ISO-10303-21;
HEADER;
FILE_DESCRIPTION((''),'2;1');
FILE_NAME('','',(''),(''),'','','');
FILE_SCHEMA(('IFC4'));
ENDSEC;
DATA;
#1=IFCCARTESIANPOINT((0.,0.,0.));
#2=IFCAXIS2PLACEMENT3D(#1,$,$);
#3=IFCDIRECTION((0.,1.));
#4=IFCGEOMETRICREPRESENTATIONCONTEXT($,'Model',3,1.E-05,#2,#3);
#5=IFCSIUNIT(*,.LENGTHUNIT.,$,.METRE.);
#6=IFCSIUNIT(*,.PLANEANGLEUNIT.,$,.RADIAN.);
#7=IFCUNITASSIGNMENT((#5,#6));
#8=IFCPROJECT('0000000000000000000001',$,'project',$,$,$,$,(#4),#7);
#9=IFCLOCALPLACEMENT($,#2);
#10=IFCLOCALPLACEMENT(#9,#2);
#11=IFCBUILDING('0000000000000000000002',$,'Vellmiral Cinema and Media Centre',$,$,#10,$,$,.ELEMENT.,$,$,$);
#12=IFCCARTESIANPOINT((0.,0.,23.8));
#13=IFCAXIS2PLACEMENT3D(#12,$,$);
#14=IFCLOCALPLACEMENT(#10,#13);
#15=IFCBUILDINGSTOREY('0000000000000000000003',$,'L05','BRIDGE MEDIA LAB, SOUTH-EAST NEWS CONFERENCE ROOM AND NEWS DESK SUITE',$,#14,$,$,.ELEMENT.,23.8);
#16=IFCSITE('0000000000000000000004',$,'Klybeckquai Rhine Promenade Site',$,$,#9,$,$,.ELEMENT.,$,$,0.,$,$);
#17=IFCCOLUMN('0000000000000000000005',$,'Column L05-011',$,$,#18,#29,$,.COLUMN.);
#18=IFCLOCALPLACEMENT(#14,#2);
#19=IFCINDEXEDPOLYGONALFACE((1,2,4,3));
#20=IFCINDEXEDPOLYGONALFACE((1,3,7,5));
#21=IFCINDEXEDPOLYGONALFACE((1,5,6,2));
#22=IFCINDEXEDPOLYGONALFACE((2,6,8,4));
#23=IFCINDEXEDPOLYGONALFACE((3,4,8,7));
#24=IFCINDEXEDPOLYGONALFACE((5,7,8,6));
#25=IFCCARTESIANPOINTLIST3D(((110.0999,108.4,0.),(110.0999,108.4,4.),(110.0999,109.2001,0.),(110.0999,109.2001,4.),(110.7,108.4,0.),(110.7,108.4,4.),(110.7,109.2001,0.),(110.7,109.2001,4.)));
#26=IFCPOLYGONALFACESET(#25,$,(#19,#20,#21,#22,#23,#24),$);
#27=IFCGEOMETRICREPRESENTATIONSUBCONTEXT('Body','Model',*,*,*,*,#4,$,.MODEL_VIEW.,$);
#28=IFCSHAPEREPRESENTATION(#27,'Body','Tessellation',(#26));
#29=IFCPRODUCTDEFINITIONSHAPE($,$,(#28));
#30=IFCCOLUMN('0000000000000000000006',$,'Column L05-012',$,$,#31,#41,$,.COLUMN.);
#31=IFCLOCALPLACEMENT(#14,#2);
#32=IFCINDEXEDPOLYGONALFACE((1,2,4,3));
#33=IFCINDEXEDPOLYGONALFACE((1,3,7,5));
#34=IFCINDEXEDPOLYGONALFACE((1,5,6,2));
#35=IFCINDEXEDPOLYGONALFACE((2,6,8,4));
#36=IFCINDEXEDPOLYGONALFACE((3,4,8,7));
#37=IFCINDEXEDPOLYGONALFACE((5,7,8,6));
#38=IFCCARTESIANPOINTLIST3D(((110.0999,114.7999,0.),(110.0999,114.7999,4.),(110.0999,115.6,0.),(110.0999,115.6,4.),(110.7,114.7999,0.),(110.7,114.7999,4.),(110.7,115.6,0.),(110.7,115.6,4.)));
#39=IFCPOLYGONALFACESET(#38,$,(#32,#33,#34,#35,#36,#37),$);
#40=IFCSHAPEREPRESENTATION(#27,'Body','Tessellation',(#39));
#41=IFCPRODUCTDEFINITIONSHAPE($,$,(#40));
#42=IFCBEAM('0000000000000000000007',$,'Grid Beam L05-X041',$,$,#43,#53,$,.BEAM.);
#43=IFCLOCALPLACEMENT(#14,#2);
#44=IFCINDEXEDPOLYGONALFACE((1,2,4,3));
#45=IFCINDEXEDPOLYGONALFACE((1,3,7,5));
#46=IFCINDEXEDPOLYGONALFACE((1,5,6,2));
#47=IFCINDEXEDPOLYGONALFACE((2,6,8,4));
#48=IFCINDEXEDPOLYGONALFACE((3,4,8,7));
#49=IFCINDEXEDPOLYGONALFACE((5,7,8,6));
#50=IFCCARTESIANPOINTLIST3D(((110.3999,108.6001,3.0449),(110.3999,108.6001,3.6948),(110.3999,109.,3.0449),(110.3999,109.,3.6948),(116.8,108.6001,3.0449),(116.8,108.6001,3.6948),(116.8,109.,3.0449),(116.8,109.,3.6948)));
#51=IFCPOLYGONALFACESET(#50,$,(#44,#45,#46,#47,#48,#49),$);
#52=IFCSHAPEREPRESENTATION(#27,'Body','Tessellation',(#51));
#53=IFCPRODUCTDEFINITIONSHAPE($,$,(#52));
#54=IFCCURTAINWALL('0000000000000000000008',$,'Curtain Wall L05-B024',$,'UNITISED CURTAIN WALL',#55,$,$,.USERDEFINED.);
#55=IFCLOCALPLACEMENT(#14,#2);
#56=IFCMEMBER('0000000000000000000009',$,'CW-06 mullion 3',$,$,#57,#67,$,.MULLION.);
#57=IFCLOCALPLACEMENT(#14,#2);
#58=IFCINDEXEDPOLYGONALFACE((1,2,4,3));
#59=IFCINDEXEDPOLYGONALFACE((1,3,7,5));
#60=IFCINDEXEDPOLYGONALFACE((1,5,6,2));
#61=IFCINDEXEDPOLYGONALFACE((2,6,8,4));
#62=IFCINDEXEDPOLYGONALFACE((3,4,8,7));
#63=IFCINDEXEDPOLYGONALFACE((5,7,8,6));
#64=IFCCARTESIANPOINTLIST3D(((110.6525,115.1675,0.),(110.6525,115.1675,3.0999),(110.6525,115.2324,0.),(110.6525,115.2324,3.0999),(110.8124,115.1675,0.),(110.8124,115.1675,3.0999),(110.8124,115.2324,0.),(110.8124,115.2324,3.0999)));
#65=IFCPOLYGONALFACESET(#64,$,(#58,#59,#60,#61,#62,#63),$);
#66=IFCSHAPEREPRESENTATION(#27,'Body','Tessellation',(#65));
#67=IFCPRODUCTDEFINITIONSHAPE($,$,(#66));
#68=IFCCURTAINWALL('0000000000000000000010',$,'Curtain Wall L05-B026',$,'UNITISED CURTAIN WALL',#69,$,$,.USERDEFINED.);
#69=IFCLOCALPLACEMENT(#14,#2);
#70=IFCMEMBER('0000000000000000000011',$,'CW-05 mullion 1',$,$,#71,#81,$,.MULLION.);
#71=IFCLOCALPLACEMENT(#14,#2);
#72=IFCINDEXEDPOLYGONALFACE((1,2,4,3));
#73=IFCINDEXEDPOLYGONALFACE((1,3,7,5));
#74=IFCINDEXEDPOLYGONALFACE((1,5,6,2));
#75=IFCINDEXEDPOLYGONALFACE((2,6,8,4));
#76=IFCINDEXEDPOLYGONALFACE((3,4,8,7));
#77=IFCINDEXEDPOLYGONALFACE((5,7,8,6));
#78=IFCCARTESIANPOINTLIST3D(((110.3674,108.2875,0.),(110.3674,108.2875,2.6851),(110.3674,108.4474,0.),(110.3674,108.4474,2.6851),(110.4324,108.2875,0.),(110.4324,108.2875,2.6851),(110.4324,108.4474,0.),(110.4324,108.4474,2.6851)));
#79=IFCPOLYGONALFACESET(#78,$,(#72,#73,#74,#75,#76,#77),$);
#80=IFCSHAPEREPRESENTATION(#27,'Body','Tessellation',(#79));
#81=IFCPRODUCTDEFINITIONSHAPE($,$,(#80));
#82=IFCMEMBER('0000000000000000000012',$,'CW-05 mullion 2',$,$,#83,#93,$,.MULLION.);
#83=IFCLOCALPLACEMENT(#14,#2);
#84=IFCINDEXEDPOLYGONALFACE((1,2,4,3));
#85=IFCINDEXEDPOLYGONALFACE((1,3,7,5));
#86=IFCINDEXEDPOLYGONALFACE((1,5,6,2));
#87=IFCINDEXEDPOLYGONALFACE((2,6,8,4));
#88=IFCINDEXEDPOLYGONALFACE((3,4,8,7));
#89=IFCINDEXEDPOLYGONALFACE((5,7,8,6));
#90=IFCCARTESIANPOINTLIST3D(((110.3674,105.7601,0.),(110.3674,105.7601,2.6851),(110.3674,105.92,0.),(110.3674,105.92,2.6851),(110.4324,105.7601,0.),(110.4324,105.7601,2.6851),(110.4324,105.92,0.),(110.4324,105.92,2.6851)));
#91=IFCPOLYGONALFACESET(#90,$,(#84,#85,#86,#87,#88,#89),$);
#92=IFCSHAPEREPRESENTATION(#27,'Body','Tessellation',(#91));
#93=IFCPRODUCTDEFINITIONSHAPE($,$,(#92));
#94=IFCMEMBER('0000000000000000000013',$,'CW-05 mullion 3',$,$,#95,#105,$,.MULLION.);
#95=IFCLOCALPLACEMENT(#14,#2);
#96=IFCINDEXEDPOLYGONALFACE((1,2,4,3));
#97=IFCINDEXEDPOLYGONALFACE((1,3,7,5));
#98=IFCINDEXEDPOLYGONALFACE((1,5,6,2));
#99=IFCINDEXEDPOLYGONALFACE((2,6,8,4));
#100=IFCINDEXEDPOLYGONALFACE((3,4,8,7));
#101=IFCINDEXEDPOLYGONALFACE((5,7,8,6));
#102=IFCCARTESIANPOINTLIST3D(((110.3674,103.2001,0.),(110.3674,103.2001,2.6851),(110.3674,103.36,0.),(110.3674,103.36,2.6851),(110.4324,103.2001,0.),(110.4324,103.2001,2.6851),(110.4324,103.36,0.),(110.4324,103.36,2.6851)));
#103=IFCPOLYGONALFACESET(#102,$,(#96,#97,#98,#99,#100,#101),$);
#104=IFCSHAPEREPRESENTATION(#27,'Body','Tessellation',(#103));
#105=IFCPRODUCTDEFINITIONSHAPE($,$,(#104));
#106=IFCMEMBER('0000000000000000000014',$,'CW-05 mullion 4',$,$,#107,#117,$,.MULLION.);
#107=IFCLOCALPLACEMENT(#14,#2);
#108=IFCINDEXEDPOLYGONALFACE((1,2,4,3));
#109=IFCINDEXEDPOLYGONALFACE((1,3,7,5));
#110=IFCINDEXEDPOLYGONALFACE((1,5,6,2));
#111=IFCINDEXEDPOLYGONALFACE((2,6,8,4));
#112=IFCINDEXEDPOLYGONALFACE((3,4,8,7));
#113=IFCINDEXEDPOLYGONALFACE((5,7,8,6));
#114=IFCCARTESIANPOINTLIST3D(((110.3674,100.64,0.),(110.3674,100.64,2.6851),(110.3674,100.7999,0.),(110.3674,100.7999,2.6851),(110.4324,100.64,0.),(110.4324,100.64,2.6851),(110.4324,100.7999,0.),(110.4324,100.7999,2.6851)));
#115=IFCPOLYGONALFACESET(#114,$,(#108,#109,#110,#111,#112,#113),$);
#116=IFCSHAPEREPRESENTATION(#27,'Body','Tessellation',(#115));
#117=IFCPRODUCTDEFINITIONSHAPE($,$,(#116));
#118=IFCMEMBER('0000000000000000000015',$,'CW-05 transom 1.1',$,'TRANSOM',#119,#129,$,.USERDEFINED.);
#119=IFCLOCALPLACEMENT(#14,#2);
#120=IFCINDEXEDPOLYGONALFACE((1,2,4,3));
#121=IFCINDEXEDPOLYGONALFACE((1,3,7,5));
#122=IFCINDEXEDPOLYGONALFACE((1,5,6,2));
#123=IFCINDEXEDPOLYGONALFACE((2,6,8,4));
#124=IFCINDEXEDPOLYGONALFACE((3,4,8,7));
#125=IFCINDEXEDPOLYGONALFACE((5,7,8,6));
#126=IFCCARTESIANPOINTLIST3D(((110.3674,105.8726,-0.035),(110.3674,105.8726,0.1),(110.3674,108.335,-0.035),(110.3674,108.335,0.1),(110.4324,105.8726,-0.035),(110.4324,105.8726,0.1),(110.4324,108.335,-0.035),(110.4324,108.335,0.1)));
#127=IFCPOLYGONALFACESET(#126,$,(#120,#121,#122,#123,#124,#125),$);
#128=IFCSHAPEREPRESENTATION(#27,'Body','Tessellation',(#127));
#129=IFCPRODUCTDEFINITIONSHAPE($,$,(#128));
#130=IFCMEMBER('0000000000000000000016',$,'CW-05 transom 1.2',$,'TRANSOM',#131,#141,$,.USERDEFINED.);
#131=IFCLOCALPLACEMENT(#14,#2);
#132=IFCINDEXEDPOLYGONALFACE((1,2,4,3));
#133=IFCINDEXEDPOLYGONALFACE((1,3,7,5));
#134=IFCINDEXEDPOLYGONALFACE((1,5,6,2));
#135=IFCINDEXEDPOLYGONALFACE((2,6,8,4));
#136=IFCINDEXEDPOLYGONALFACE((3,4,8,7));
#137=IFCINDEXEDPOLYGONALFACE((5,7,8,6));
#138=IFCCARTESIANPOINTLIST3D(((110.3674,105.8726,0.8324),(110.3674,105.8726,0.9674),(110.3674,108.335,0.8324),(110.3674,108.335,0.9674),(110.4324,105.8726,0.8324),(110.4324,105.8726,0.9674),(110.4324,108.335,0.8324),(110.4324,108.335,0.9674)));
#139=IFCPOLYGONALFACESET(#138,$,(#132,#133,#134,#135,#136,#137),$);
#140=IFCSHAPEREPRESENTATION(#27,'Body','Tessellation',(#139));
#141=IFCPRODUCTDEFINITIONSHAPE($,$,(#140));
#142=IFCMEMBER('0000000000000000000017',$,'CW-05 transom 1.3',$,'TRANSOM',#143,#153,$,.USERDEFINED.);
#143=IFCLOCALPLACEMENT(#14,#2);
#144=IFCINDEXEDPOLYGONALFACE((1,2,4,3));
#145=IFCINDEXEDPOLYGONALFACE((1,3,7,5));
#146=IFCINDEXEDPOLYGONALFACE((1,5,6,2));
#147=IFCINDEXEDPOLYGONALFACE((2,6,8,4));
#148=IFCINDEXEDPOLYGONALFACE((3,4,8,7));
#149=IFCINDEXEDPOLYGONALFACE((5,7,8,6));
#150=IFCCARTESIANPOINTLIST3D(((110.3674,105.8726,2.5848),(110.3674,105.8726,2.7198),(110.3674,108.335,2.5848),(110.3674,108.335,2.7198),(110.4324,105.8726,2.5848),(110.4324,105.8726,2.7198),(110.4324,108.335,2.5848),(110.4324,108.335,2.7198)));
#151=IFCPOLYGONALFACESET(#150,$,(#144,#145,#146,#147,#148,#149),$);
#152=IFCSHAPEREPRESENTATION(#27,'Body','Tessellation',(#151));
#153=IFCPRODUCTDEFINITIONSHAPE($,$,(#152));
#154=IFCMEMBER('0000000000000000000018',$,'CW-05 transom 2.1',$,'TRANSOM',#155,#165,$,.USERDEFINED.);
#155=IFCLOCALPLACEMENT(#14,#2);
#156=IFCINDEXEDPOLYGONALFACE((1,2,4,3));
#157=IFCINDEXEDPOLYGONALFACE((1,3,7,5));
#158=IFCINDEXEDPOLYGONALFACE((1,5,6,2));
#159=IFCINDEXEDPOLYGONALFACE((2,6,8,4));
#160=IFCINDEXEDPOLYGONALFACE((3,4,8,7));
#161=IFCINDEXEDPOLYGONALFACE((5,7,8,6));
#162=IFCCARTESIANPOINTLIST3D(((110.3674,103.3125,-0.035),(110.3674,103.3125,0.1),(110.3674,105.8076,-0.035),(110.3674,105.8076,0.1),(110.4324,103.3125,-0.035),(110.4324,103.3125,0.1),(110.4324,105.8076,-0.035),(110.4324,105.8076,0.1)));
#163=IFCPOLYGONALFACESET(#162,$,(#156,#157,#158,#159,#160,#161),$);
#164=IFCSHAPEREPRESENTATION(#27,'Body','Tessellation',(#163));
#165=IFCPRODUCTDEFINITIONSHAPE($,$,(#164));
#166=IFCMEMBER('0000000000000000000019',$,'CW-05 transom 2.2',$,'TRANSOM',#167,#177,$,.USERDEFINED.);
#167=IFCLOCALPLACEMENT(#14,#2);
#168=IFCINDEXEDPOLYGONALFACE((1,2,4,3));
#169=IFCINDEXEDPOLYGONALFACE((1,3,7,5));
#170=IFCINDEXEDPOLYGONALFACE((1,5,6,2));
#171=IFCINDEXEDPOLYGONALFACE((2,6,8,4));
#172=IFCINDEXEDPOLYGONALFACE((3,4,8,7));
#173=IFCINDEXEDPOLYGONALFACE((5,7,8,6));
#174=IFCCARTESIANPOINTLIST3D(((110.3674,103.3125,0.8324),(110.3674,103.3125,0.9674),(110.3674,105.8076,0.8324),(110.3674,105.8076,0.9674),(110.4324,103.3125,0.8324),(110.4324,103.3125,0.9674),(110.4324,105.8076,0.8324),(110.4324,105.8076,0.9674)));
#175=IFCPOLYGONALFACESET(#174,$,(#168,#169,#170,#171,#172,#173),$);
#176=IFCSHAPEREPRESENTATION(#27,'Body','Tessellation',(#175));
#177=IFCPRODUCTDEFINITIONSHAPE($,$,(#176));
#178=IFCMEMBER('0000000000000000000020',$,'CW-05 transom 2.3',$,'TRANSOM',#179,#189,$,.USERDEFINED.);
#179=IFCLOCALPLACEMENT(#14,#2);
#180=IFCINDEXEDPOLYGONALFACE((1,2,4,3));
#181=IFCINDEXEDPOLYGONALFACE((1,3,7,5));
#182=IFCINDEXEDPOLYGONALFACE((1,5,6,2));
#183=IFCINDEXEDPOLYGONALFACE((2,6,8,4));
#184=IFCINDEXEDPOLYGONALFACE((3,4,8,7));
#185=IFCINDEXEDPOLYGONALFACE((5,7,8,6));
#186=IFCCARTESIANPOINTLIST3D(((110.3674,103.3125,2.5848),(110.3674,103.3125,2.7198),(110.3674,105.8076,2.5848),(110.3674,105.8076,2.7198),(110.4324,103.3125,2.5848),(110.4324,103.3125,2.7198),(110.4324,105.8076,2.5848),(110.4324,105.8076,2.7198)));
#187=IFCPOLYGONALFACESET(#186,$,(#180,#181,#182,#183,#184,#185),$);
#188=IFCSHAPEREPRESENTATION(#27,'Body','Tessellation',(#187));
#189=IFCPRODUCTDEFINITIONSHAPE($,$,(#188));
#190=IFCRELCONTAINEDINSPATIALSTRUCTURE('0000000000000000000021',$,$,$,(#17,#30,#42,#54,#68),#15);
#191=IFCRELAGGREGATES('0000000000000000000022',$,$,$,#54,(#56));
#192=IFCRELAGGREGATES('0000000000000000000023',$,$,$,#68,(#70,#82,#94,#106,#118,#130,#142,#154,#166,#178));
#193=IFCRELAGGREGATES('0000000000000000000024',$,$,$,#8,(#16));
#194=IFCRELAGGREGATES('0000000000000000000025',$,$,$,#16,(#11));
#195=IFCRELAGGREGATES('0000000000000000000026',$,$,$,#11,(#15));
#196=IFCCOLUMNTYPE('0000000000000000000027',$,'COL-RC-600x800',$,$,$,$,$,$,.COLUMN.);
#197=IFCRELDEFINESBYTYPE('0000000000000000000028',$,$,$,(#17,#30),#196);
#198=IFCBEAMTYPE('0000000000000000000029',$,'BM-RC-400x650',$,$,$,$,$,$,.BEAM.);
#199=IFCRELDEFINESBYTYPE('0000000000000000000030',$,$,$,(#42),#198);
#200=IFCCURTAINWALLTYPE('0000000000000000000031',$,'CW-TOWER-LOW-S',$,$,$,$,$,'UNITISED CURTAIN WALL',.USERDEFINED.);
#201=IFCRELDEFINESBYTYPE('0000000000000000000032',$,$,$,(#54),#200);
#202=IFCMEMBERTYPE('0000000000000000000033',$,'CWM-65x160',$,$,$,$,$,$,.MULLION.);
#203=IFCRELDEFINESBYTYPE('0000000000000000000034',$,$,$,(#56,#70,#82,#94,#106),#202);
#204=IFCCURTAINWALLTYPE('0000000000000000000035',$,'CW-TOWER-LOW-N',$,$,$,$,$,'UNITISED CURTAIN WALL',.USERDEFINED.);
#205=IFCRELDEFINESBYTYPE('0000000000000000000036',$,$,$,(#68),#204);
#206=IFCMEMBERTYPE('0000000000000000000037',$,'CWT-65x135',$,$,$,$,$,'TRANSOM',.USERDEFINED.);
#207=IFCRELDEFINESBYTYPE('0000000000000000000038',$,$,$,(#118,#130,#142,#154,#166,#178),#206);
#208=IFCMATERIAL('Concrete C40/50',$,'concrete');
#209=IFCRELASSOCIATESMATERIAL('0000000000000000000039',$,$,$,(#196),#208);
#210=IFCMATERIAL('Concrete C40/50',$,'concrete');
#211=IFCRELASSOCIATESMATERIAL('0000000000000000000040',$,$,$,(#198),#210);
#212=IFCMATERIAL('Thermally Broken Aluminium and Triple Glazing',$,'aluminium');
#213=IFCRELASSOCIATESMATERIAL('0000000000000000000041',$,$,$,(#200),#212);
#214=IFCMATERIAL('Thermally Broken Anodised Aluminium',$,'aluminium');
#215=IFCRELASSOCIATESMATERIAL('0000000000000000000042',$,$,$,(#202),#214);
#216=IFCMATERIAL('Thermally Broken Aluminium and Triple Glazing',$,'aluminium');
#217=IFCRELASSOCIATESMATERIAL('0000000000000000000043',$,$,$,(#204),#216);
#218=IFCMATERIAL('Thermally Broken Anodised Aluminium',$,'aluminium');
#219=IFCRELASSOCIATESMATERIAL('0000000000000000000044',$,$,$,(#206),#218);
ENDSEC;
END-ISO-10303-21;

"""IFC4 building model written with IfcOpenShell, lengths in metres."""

from ifc_helpers import new_model, si_unit, direction, frame, origin, origin_2d, place, context, subcontext, project, spatial, rectangle, extrude, material, material_profile, profile_set, type_object, element, aggregate, save


model = new_model("IFC4")

# Units and contexts
model_context = context("Model", 3, precision=1e-05, world=origin(), true_north=direction((0.0, 1.0)))
body_context = subcontext(model_context, "Body", "Model", "MODEL_VIEW")
ifc_project = project(units=[si_unit("LENGTHUNIT", "METRE"), si_unit("PLANEANGLEUNIT", "RADIAN")], contexts=[model_context])

# Site, building, storey
site_placement = place(None, origin())
site = spatial("IfcSite", under=ifc_project, at=site_placement, Name="Klybeckquai Rhine Promenade Site", CompositionType="ELEMENT", RefElevation=0.0)
building_placement = place(site_placement, origin())
building = spatial("IfcBuilding", under=site, at=building_placement, Name="Vellmiral Cinema and Media Centre", CompositionType="ELEMENT")
storey_placement = place(building_placement, frame((0.0, 0.0, 23.8)))
storey = spatial("IfcBuildingStorey", under=building, at=storey_placement, Name="L05", Description="BRIDGE MEDIA LAB, SOUTH-EAST NEWS CONFERENCE ROOM AND NEWS DESK SUITE", CompositionType="ELEMENT", Elevation=23.8)

# Columns
ifc_material_1 = material(Name="Concrete C40/50", Category="concrete")
ifc_material_profile_1 = material_profile(ifc_material_1, rectangle(XDim=0.6001, YDim=0.8, at=origin_2d()), Name="RC 600x800")
ifc_profile_set_1 = profile_set([ifc_material_profile_1], Name="Concrete C40/50")
column_type = type_object("IfcColumnType", Name="COL-RC-600x800", PredefinedType="COLUMN", material=ifc_profile_set_1)
for number, where, z_axis, x_axis, name in (
    (1, (110.3999, 108.8, 0.0), (0.0, 0.0, 1.0), (1.0, 0.0, 0.0), "Column L05-011"),
    (2, (110.3999, 115.2, 0.0), (0.0, 0.0, 1.0), (1.0, 0.0, 0.0), "Column L05-012"),
):
    element("IfcColumn", number, at=place(storey_placement, frame(where, z_axis=z_axis, x_axis=x_axis)), inside=storey, type_object=column_type, Name=name, PredefinedType="COLUMN", context=body_context, shape_type="SweptSolid", body=[
        extrude(rectangle(XDim=0.6001, YDim=0.8, at=origin_2d()), origin(), (0.0, 0.0, 1.0), 4.0),
    ])

# Beam
ifc_material_2 = material(Name="Concrete C40/50", Category="concrete")
ifc_material_profile_2 = material_profile(ifc_material_2, rectangle(XDim=0.3999, YDim=0.6499, at=origin_2d()), Name="RC 400x650")
ifc_profile_set_2 = profile_set([ifc_material_profile_2], Name="Concrete C40/50")
beam_type_1 = type_object("IfcBeamType", Name="BM-RC-400x650", PredefinedType="BEAM", material=ifc_profile_set_2)
beam_1_placement = place(storey_placement, frame((110.3999, 108.8, 3.3699), z_axis=(1.0, 0.0, 0.0), x_axis=(0.0, 1.0, 0.0)))
element("IfcBeam", 3, at=beam_1_placement, inside=storey, type_object=beam_type_1, Name="Grid Beam L05-X041", PredefinedType="BEAM", context=body_context, shape_type="SweptSolid", body=[
    extrude(rectangle(XDim=0.3999, YDim=0.6499, at=origin_2d()), origin(), (0.0, 0.0, 1.0), 6.4001),
])

# Curtain wall, member
ifc_material_3 = material(Name="Thermally Broken Aluminium and Triple Glazing", Category="aluminium")
curtain_wall_type_1 = type_object("IfcCurtainWallType", Name="CW-TOWER-LOW-S", ElementType="UNITISED CURTAIN WALL", PredefinedType="USERDEFINED", material=ifc_material_3)
curtain_wall_1_placement = place(storey_placement, origin())
curtain_wall_1 = element("IfcCurtainWall", 4, at=curtain_wall_1_placement, inside=storey, type_object=curtain_wall_type_1, Name="Curtain Wall L05-B024", ObjectType="UNITISED CURTAIN WALL", PredefinedType="USERDEFINED")
ifc_material_4 = material(Name="Thermally Broken Anodised Aluminium", Category="aluminium")
ifc_material_profile_3 = material_profile(ifc_material_4, rectangle(XDim=0.0649, YDim=0.1599, at=origin_2d()), Name="MULL 65x160")
ifc_profile_set_3 = profile_set([ifc_material_profile_3], Name="Thermally Broken Anodised Aluminium")
member_type_1 = type_object("IfcMemberType", Name="CWM-65x160", PredefinedType="MULLION", material=ifc_profile_set_3)
member_1_placement = place(storey_placement, frame((110.7324, 115.2, 0.0), z_axis=(0.0, 0.0, 1.0), x_axis=(0.0, -1.0, 0.0)))
member_1 = element("IfcMember", 5, at=member_1_placement, type_object=member_type_1, Name="CW-06 mullion 3", PredefinedType="MULLION", context=body_context, shape_type="SweptSolid", body=[
    extrude(rectangle(XDim=0.0649, YDim=0.1599, at=origin_2d()), origin(), (0.0, 0.0, 1.0), 3.0999),
])
aggregate(curtain_wall_1, [member_1])

# Curtain wall, members
ifc_material_5 = material(Name="Thermally Broken Aluminium and Triple Glazing", Category="aluminium")
curtain_wall_type_2 = type_object("IfcCurtainWallType", Name="CW-TOWER-LOW-N", ElementType="UNITISED CURTAIN WALL", PredefinedType="USERDEFINED", material=ifc_material_5)
curtain_wall_2_placement = place(storey_placement, origin())
curtain_wall_2 = element("IfcCurtainWall", 6, at=curtain_wall_2_placement, inside=storey, type_object=curtain_wall_type_2, Name="Curtain Wall L05-B026", ObjectType="UNITISED CURTAIN WALL", PredefinedType="USERDEFINED")
member_2_placement = place(storey_placement, frame((110.3999, 108.3674, 0.0), z_axis=(0.0, 0.0, 1.0), x_axis=(1.0, 0.0, 0.0)))
member_2 = element("IfcMember", 7, at=member_2_placement, type_object=member_type_1, Name="CW-05 mullion 1", PredefinedType="MULLION", context=body_context, shape_type="SweptSolid", body=[
    extrude(rectangle(XDim=0.0649, YDim=0.1599, at=origin_2d()), origin(), (0.0, 0.0, 1.0), 2.6851),
])
member_3_placement = place(storey_placement, frame((110.3999, 105.8401, 0.0), z_axis=(0.0, 0.0, 1.0), x_axis=(1.0, 0.0, 0.0)))
member_3 = element("IfcMember", 8, at=member_3_placement, type_object=member_type_1, Name="CW-05 mullion 2", PredefinedType="MULLION", context=body_context, shape_type="SweptSolid", body=[
    extrude(rectangle(XDim=0.0649, YDim=0.1599, at=origin_2d()), origin(), (0.0, 0.0, 1.0), 2.6851),
])
member_4_placement = place(storey_placement, frame((110.3999, 103.28, 0.0), z_axis=(0.0, 0.0, 1.0), x_axis=(1.0, 0.0, 0.0)))
member_4 = element("IfcMember", 9, at=member_4_placement, type_object=member_type_1, Name="CW-05 mullion 3", PredefinedType="MULLION", context=body_context, shape_type="SweptSolid", body=[
    extrude(rectangle(XDim=0.0649, YDim=0.1599, at=origin_2d()), origin(), (0.0, 0.0, 1.0), 2.6851),
])
member_5_placement = place(storey_placement, frame((110.3999, 100.72, 0.0), z_axis=(0.0, 0.0, 1.0), x_axis=(1.0, 0.0, 0.0)))
member_5 = element("IfcMember", 10, at=member_5_placement, type_object=member_type_1, Name="CW-05 mullion 4", PredefinedType="MULLION", context=body_context, shape_type="SweptSolid", body=[
    extrude(rectangle(XDim=0.0649, YDim=0.1599, at=origin_2d()), origin(), (0.0, 0.0, 1.0), 2.6851),
])
ifc_material_6 = material(Name="Thermally Broken Anodised Aluminium", Category="aluminium")
ifc_material_profile_4 = material_profile(ifc_material_6, rectangle(XDim=0.0649, YDim=0.135, at=origin_2d()), Name="MULL 65x135")
ifc_profile_set_4 = profile_set([ifc_material_profile_4], Name="Thermally Broken Anodised Aluminium")
member_type_2 = type_object("IfcMemberType", Name="CWT-65x135", ElementType="TRANSOM", PredefinedType="USERDEFINED", material=ifc_profile_set_4)
member_6_placement = place(storey_placement, frame((110.3999, 108.335, 0.0325), z_axis=(0.0, -1.0, 0.0), x_axis=(1.0, 0.0, 0.0)))
member_6 = element("IfcMember", 11, at=member_6_placement, type_object=member_type_2, Name="CW-05 transom 1.1", ObjectType="TRANSOM", PredefinedType="USERDEFINED", context=body_context, shape_type="SweptSolid", body=[
    extrude(rectangle(XDim=0.0649, YDim=0.135, at=origin_2d()), origin(), (0.0, 0.0, 1.0), 2.4624),
])
member_7_placement = place(storey_placement, frame((110.3999, 108.335, 0.8999), z_axis=(0.0, -1.0, 0.0), x_axis=(1.0, 0.0, 0.0)))
member_7 = element("IfcMember", 12, at=member_7_placement, type_object=member_type_2, Name="CW-05 transom 1.2", ObjectType="TRANSOM", PredefinedType="USERDEFINED", context=body_context, shape_type="SweptSolid", body=[
    extrude(rectangle(XDim=0.0649, YDim=0.135, at=origin_2d()), origin(), (0.0, 0.0, 1.0), 2.4624),
])
member_8_placement = place(storey_placement, frame((110.3999, 108.335, 2.6523), z_axis=(0.0, -1.0, 0.0), x_axis=(1.0, 0.0, 0.0)))
member_8 = element("IfcMember", 13, at=member_8_placement, type_object=member_type_2, Name="CW-05 transom 1.3", ObjectType="TRANSOM", PredefinedType="USERDEFINED", context=body_context, shape_type="SweptSolid", body=[
    extrude(rectangle(XDim=0.0649, YDim=0.135, at=origin_2d()), origin(), (0.0, 0.0, 1.0), 2.4624),
])
member_9_placement = place(storey_placement, frame((110.3999, 105.8076, 0.0325), z_axis=(0.0, -1.0, 0.0), x_axis=(1.0, 0.0, 0.0)))
member_9 = element("IfcMember", 14, at=member_9_placement, type_object=member_type_2, Name="CW-05 transom 2.1", ObjectType="TRANSOM", PredefinedType="USERDEFINED", context=body_context, shape_type="SweptSolid", body=[
    extrude(rectangle(XDim=0.0649, YDim=0.135, at=origin_2d()), origin(), (0.0, 0.0, 1.0), 2.4951),
])
member_10_placement = place(storey_placement, frame((110.3999, 105.8076, 0.8999), z_axis=(0.0, -1.0, 0.0), x_axis=(1.0, 0.0, 0.0)))
member_10 = element("IfcMember", 15, at=member_10_placement, type_object=member_type_2, Name="CW-05 transom 2.2", ObjectType="TRANSOM", PredefinedType="USERDEFINED", context=body_context, shape_type="SweptSolid", body=[
    extrude(rectangle(XDim=0.0649, YDim=0.135, at=origin_2d()), origin(), (0.0, 0.0, 1.0), 2.4951),
])
member_11_placement = place(storey_placement, frame((110.3999, 105.8076, 2.6523), z_axis=(0.0, -1.0, 0.0), x_axis=(1.0, 0.0, 0.0)))
member_11 = element("IfcMember", 16, at=member_11_placement, type_object=member_type_2, Name="CW-05 transom 2.3", ObjectType="TRANSOM", PredefinedType="USERDEFINED", context=body_context, shape_type="SweptSolid", body=[
    extrude(rectangle(XDim=0.0649, YDim=0.135, at=origin_2d()), origin(), (0.0, 0.0, 1.0), 2.4951),
])

aggregate(curtain_wall_2, [member_2, member_3, member_4, member_5, member_6, member_7, member_8, member_9, member_10, member_11])

save(model, "model.ifc")
